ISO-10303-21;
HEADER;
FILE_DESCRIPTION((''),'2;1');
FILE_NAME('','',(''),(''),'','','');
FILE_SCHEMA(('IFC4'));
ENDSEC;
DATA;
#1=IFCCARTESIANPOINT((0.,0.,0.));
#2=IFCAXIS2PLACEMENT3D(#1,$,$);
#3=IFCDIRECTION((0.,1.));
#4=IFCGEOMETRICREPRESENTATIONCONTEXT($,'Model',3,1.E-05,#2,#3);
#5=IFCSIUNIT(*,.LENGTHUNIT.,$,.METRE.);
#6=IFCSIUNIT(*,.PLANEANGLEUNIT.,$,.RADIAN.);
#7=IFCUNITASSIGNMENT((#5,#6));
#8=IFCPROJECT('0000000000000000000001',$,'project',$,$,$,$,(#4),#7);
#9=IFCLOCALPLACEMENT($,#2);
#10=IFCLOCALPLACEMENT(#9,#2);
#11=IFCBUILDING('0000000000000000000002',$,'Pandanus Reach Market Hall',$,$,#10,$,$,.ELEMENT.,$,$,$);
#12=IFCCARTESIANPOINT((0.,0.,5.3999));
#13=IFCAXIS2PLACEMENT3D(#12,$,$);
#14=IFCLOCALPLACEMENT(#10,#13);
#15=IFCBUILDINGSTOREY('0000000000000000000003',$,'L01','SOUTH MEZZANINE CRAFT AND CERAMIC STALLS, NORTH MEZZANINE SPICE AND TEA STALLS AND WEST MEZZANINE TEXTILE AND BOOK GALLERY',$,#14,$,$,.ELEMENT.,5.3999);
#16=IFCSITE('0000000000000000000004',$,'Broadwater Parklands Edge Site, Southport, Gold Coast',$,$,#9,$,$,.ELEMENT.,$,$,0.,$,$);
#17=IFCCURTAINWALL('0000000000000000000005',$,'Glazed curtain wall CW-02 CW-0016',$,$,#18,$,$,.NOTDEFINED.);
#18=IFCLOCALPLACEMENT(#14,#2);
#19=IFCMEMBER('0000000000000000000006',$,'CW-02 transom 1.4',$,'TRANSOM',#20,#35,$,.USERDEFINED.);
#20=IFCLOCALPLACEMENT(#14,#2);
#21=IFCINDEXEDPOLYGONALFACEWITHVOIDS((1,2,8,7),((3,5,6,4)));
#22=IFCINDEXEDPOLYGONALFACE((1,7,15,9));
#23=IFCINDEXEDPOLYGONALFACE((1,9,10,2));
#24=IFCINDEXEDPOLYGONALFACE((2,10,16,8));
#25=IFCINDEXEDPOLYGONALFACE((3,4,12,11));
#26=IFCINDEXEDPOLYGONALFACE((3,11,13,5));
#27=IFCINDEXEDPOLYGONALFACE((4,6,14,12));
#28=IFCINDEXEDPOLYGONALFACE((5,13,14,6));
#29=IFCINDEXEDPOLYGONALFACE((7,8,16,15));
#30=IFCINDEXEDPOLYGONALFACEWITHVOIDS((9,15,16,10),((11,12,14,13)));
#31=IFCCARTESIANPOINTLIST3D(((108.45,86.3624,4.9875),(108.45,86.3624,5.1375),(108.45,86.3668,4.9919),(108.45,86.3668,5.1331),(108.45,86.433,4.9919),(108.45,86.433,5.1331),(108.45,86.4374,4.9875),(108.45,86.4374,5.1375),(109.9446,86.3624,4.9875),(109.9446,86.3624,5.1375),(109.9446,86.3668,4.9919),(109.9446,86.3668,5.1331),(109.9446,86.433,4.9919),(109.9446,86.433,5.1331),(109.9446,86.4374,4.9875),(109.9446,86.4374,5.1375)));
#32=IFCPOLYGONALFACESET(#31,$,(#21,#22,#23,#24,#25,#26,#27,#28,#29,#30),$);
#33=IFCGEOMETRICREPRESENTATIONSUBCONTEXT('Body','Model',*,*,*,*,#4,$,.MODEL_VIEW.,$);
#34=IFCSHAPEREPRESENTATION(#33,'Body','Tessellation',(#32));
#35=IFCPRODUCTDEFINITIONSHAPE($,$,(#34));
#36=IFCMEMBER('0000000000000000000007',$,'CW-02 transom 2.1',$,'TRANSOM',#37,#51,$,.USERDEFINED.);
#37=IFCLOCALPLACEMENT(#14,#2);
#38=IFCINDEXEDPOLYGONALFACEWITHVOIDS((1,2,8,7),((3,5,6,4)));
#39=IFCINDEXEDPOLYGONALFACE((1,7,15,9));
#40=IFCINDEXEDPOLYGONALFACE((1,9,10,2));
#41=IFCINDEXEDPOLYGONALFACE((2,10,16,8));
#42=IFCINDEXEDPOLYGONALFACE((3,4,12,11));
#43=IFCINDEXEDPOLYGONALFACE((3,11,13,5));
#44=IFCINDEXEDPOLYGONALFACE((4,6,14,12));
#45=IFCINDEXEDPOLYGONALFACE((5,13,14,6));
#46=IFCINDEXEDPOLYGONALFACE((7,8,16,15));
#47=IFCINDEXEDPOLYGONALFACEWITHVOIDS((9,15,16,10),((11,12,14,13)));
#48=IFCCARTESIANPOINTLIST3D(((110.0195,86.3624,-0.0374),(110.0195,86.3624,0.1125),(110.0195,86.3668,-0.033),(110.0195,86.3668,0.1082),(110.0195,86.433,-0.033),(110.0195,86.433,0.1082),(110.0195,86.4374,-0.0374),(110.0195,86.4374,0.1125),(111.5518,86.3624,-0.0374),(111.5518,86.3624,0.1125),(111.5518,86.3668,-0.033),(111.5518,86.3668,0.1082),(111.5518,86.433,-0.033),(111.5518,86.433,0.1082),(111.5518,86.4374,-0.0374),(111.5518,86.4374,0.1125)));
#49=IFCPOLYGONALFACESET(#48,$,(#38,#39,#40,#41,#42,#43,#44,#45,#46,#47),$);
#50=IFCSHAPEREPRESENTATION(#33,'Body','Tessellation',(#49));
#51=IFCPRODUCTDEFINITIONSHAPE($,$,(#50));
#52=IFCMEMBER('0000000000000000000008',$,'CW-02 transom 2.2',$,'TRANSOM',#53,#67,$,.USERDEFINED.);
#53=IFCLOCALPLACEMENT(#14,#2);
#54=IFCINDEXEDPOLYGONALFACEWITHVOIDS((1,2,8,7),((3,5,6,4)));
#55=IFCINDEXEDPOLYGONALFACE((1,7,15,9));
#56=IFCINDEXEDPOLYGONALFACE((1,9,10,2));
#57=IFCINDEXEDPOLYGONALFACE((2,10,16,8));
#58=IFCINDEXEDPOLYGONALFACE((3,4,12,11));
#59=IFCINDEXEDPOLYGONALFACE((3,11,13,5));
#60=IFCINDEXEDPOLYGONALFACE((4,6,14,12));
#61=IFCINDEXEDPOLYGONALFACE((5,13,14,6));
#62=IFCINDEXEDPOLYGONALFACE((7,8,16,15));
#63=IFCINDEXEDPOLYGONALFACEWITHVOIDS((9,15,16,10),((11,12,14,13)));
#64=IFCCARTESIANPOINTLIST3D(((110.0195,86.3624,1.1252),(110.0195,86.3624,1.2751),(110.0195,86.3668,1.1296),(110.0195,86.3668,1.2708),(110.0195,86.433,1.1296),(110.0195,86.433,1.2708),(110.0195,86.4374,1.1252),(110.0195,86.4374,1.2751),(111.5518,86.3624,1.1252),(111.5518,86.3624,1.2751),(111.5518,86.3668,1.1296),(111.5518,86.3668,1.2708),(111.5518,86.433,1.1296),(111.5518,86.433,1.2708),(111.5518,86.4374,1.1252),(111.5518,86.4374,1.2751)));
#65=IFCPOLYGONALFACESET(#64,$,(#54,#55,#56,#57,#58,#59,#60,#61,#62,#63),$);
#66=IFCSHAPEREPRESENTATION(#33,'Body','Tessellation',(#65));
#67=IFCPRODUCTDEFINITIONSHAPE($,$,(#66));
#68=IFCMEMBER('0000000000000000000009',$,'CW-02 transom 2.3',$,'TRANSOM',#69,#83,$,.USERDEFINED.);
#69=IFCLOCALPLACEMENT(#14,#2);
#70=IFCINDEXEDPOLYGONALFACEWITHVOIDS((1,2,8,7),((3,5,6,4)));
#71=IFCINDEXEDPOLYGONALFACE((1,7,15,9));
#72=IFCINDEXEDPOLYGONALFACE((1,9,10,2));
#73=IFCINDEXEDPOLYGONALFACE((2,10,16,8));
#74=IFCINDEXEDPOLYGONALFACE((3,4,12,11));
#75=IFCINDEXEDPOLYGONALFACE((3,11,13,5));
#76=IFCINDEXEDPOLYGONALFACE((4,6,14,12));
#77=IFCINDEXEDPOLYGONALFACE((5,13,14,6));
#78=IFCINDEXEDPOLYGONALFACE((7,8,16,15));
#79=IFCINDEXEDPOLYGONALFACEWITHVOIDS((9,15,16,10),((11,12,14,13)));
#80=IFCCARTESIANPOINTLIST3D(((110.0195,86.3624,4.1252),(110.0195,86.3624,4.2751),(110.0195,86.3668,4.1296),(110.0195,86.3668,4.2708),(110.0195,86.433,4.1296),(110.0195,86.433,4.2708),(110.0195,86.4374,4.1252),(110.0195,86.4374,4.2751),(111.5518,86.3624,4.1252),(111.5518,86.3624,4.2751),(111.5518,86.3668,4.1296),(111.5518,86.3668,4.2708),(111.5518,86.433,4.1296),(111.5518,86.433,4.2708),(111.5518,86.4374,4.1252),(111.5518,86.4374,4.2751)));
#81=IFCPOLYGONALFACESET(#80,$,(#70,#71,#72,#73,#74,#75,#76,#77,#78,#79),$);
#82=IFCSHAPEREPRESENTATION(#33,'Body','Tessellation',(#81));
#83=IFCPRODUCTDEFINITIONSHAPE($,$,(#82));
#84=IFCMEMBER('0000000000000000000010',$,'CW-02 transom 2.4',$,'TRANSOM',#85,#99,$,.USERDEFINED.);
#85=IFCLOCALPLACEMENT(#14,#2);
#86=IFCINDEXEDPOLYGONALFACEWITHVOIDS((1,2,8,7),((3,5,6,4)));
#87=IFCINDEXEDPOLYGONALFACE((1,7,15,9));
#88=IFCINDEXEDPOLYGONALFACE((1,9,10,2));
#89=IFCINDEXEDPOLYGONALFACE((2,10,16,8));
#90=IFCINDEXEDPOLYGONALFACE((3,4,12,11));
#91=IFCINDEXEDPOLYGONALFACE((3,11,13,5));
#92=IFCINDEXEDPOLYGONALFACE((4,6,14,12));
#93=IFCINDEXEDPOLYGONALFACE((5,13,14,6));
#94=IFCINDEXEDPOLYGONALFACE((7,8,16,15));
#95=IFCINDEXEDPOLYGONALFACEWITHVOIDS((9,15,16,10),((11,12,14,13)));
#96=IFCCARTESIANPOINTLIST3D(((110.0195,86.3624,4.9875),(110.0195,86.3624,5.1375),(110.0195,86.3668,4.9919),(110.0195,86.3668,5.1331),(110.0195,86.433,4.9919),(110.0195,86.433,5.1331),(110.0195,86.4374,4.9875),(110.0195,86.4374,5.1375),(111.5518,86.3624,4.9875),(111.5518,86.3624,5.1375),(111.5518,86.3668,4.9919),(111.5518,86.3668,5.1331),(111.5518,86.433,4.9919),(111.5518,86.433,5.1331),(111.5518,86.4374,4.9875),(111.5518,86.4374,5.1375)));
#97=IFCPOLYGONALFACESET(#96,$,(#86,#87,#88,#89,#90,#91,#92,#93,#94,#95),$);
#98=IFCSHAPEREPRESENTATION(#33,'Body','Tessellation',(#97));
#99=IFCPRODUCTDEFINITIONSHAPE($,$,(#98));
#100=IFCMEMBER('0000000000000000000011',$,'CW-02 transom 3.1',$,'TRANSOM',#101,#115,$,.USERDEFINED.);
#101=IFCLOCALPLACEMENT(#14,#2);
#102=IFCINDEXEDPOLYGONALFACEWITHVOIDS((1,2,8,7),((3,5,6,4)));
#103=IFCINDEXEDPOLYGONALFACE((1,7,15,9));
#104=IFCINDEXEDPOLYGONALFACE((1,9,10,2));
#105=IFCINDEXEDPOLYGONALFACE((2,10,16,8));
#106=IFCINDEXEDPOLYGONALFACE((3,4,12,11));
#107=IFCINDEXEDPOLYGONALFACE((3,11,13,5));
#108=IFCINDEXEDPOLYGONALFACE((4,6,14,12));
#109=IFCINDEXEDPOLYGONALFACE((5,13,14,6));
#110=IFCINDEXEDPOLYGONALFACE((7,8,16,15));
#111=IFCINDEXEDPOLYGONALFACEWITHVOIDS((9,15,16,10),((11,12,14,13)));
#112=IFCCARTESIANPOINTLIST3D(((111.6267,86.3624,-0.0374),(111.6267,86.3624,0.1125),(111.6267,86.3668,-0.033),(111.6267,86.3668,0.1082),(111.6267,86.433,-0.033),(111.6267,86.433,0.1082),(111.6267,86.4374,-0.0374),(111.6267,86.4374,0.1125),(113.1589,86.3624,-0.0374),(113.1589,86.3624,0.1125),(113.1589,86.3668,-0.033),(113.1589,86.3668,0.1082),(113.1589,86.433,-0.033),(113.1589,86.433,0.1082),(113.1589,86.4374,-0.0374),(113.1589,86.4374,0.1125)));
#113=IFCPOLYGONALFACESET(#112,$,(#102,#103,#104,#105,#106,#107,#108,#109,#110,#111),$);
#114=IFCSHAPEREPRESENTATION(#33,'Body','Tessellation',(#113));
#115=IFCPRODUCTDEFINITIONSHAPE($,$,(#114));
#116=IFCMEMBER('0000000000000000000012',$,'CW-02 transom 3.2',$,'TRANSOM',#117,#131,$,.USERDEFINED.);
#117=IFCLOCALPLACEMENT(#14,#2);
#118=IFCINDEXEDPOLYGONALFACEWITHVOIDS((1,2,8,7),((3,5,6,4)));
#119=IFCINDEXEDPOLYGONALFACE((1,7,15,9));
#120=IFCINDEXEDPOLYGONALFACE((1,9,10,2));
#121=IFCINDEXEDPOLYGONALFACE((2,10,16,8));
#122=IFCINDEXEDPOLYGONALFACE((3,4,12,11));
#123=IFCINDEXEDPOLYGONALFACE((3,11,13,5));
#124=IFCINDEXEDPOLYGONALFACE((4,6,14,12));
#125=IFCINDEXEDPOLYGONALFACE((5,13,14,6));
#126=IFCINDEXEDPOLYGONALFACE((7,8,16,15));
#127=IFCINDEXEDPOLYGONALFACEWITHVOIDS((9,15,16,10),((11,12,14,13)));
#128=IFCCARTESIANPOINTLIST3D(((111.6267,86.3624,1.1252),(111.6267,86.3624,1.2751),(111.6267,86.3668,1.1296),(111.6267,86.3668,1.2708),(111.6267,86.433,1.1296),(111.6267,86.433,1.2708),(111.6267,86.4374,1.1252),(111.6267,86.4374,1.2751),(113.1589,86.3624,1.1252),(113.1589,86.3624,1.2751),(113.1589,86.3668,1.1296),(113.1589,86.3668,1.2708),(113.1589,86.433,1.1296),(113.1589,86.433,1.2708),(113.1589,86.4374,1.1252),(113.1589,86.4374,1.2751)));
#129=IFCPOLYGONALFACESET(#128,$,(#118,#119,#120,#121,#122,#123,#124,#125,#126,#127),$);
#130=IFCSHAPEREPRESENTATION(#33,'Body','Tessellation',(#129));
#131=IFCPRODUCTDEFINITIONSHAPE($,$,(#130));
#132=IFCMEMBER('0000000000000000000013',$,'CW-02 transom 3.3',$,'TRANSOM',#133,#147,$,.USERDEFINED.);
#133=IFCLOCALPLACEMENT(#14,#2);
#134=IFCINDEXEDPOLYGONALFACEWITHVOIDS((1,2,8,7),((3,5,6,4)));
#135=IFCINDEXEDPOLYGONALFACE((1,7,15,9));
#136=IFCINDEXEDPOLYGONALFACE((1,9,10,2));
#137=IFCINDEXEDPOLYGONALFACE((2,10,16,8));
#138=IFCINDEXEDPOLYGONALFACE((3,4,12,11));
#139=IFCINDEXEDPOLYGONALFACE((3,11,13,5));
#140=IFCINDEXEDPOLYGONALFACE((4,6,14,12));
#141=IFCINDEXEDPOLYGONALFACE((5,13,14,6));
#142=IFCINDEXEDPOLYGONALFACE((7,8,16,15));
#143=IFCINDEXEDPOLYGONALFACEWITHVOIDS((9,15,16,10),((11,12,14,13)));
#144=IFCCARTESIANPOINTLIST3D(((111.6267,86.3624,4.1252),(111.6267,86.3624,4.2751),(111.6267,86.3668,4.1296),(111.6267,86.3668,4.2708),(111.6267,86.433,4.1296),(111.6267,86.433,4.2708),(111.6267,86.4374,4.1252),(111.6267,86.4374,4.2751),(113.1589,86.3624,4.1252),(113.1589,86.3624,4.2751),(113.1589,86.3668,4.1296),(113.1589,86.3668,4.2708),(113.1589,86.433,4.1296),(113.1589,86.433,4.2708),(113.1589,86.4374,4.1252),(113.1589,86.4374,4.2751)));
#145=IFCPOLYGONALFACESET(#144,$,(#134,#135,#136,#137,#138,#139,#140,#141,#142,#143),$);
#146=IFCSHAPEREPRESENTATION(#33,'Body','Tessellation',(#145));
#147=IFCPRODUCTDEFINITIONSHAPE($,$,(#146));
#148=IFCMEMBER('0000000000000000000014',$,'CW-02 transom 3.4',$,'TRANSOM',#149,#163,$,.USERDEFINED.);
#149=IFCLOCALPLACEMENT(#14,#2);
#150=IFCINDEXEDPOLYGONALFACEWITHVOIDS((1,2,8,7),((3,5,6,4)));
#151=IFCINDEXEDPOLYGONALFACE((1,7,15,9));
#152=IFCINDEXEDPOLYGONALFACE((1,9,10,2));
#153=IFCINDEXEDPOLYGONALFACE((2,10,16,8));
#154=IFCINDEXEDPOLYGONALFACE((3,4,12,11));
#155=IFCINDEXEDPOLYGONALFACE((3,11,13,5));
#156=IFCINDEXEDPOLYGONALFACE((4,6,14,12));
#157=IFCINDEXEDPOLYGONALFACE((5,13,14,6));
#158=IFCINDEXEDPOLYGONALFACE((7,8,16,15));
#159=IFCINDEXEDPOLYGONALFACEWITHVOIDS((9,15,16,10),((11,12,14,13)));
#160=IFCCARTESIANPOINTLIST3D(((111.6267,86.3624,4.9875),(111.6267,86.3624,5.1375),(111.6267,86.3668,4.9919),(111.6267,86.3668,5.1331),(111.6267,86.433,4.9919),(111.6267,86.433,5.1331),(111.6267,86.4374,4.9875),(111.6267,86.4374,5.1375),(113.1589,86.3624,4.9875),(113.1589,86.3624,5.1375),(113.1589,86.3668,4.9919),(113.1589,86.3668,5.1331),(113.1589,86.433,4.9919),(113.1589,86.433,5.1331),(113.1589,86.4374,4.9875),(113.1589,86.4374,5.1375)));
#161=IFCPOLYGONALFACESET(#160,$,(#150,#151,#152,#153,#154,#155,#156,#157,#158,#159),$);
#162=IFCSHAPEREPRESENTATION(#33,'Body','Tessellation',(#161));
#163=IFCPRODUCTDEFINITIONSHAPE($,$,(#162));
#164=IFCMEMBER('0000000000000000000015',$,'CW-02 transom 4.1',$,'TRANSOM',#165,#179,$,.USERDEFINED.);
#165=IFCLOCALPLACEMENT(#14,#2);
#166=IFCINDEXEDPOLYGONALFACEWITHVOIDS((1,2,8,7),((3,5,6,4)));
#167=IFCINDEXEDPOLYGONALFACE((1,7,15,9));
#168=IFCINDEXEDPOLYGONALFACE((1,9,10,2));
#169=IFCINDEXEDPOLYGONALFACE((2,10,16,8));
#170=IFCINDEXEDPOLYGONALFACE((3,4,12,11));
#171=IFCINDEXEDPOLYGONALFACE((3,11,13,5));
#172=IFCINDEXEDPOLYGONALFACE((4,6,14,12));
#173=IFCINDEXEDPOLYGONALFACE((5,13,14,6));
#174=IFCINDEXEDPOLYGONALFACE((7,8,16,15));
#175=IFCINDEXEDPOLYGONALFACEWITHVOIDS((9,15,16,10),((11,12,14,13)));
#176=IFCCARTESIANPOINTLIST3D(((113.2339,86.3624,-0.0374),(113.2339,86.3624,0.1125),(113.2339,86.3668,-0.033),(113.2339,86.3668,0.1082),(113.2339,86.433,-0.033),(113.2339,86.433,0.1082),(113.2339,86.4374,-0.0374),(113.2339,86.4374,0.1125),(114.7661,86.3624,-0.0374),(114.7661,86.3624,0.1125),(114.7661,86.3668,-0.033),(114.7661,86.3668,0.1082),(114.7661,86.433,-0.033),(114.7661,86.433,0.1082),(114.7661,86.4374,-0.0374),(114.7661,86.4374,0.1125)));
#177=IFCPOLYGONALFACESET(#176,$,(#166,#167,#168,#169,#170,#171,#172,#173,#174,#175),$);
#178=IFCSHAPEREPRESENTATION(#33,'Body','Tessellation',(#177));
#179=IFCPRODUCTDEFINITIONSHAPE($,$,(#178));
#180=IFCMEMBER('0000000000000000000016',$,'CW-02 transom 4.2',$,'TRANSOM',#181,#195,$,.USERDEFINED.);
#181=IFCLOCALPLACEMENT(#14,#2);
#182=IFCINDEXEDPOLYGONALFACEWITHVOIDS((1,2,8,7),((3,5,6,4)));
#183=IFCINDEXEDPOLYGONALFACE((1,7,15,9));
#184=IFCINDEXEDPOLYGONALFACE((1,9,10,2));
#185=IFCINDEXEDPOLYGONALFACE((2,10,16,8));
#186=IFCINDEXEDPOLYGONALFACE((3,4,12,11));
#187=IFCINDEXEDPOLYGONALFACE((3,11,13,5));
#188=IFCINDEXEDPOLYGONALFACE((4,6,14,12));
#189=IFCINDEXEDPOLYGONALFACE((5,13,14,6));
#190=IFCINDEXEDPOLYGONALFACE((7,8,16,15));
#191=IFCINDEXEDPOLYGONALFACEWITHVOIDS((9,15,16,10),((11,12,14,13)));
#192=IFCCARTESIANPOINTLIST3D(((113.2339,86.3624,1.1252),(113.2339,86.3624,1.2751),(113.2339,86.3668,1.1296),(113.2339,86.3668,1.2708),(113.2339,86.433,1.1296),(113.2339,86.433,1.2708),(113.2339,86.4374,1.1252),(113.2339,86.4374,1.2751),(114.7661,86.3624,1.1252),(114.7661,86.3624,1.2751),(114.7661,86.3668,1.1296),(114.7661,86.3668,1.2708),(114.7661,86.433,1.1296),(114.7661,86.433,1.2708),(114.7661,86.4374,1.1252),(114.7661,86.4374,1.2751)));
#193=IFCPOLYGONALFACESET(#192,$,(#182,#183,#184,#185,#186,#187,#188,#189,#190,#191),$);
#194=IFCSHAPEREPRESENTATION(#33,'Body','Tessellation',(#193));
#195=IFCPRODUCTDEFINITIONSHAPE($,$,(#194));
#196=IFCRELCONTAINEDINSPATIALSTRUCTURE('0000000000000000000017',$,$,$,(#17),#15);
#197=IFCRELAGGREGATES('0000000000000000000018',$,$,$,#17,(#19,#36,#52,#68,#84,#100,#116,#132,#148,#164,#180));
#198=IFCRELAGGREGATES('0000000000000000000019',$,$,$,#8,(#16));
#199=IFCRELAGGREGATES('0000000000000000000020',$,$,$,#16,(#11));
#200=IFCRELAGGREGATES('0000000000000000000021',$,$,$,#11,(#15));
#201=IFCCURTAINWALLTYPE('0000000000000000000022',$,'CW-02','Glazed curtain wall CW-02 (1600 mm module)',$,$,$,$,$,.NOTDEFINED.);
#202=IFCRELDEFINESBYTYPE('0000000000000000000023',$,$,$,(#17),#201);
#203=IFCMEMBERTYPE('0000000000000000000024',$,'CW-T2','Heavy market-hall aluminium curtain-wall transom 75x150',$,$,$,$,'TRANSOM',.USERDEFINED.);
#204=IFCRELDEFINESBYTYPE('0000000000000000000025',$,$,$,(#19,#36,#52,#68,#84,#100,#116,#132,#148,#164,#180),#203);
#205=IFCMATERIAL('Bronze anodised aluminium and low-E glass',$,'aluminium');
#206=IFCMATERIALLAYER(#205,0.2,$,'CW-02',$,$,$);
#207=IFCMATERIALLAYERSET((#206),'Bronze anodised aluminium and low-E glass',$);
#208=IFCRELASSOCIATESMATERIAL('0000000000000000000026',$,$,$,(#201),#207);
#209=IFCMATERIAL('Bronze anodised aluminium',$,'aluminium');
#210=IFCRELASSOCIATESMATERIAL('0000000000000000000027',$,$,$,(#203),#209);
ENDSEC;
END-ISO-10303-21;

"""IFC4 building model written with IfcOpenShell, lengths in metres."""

from ifc_helpers import new_model, si_unit, direction, frame, origin, origin_2d, place, context, subcontext, project, spatial, hollow_rectangle, extrude, material, layer, layer_set, material_profile, profile_set, type_object, element, aggregate, save


model = new_model("IFC4")

# Units and contexts
model_context = context("Model", 3, precision=1e-05, world=origin(), true_north=direction((0.0, 1.0)))
body_context = subcontext(model_context, "Body", "Model", "MODEL_VIEW")
ifc_project = project(units=[si_unit("LENGTHUNIT", "METRE"), si_unit("PLANEANGLEUNIT", "RADIAN")], contexts=[model_context])

# Site, building, storey
site_placement = place(None, origin())
site = spatial("IfcSite", under=ifc_project, at=site_placement, Name="Broadwater Parklands Edge Site, Southport, Gold Coast", CompositionType="ELEMENT", RefElevation=0.0)
building_placement = place(site_placement, origin())
building = spatial("IfcBuilding", under=site, at=building_placement, Name="Pandanus Reach Market Hall", CompositionType="ELEMENT")
storey_placement = place(building_placement, frame((0.0, 0.0, 5.3999)))
storey = spatial("IfcBuildingStorey", under=building, at=storey_placement, Name="L01", Description="SOUTH MEZZANINE CRAFT AND CERAMIC STALLS, NORTH MEZZANINE SPICE AND TEA STALLS AND WEST MEZZANINE TEXTILE AND BOOK GALLERY", CompositionType="ELEMENT", Elevation=5.3999)

# Curtain wall, members
ifc_material_1 = material(Name="Bronze anodised aluminium and low-E glass", Category="aluminium")
ifc_layer_1 = layer(ifc_material_1, 0.2, Name="CW-02")
ifc_layer_set_1 = layer_set([ifc_layer_1], Name="Bronze anodised aluminium and low-E glass")
curtain_wall_type = type_object("IfcCurtainWallType", Name="CW-02", Description="Glazed curtain wall CW-02 (1600 mm module)", PredefinedType="NOTDEFINED", material=ifc_layer_set_1)
curtain_wall_placement = place(storey_placement, origin())
curtain_wall = element("IfcCurtainWall", 1, at=curtain_wall_placement, inside=storey, type_object=curtain_wall_type, Name="Glazed curtain wall CW-02 CW-0016", PredefinedType="NOTDEFINED")
ifc_material_2 = material(Name="Bronze anodised aluminium", Category="aluminium")
ifc_material_profile_1 = material_profile(ifc_material_2, hollow_rectangle(XDim=0.075, YDim=0.1499, WallThickness=0.0044, at=origin_2d()), Name="ALU75x150", Category="LoadBearing")
ifc_profile_set_1 = profile_set([ifc_material_profile_1], Name="Bronze anodised aluminium")
member_type_1 = type_object("IfcMemberType", Name="CW-T2", Description="Heavy market-hall aluminium curtain-wall transom 75x150", ElementType="TRANSOM", PredefinedType="USERDEFINED", material=ifc_profile_set_1)
member_1_placement = place(storey_placement, frame((108.45, 86.3999, 5.0625), z_axis=(1.0, 0.0, 0.0), x_axis=(0.0, 1.0, 0.0)))
member_1 = element("IfcMember", 2, at=member_1_placement, type_object=member_type_1, Name="CW-02 transom 1.4", ObjectType="TRANSOM", PredefinedType="USERDEFINED", context=body_context, shape_type="SweptSolid", body=[
    extrude(hollow_rectangle(XDim=0.075, YDim=0.1499, WallThickness=0.0044, at=origin_2d()), origin(), (0.0, 0.0, 1.0), 1.4946),
])
member_2_placement = place(storey_placement, frame((110.0195, 86.3999, 0.0376), z_axis=(1.0, 0.0, 0.0), x_axis=(0.0, 1.0, 0.0)))
member_2 = element("IfcMember", 3, at=member_2_placement, type_object=member_type_1, Name="CW-02 transom 2.1", ObjectType="TRANSOM", PredefinedType="USERDEFINED", context=body_context, shape_type="SweptSolid", body=[
    extrude(hollow_rectangle(XDim=0.075, YDim=0.1499, WallThickness=0.0044, at=origin_2d()), origin(), (0.0, 0.0, 1.0), 1.5322),
])
member_3_placement = place(storey_placement, frame((110.0195, 86.3999, 1.2002), z_axis=(1.0, 0.0, 0.0), x_axis=(0.0, 1.0, 0.0)))
member_3 = element("IfcMember", 4, at=member_3_placement, type_object=member_type_1, Name="CW-02 transom 2.2", ObjectType="TRANSOM", PredefinedType="USERDEFINED", context=body_context, shape_type="SweptSolid", body=[
    extrude(hollow_rectangle(XDim=0.075, YDim=0.1499, WallThickness=0.0044, at=origin_2d()), origin(), (0.0, 0.0, 1.0), 1.5322),
])
member_4_placement = place(storey_placement, frame((110.0195, 86.3999, 4.2002), z_axis=(1.0, 0.0, 0.0), x_axis=(0.0, 1.0, 0.0)))
member_4 = element("IfcMember", 5, at=member_4_placement, type_object=member_type_1, Name="CW-02 transom 2.3", ObjectType="TRANSOM", PredefinedType="USERDEFINED", context=body_context, shape_type="SweptSolid", body=[
    extrude(hollow_rectangle(XDim=0.075, YDim=0.1499, WallThickness=0.0044, at=origin_2d()), origin(), (0.0, 0.0, 1.0), 1.5322),
])
member_5_placement = place(storey_placement, frame((110.0195, 86.3999, 5.0625), z_axis=(1.0, 0.0, 0.0), x_axis=(0.0, 1.0, 0.0)))
member_5 = element("IfcMember", 6, at=member_5_placement, type_object=member_type_1, Name="CW-02 transom 2.4", ObjectType="TRANSOM", PredefinedType="USERDEFINED", context=body_context, shape_type="SweptSolid", body=[
    extrude(hollow_rectangle(XDim=0.075, YDim=0.1499, WallThickness=0.0044, at=origin_2d()), origin(), (0.0, 0.0, 1.0), 1.5322),
])
member_6_placement = place(storey_placement, frame((111.6267, 86.3999, 0.0376), z_axis=(1.0, 0.0, 0.0), x_axis=(0.0, 1.0, 0.0)))
member_6 = element("IfcMember", 7, at=member_6_placement, type_object=member_type_1, Name="CW-02 transom 3.1", ObjectType="TRANSOM", PredefinedType="USERDEFINED", context=body_context, shape_type="SweptSolid", body=[
    extrude(hollow_rectangle(XDim=0.075, YDim=0.1499, WallThickness=0.0044, at=origin_2d()), origin(), (0.0, 0.0, 1.0), 1.5322),
])
member_7_placement = place(storey_placement, frame((111.6267, 86.3999, 1.2002), z_axis=(1.0, 0.0, 0.0), x_axis=(0.0, 1.0, 0.0)))
member_7 = element("IfcMember", 8, at=member_7_placement, type_object=member_type_1, Name="CW-02 transom 3.2", ObjectType="TRANSOM", PredefinedType="USERDEFINED", context=body_context, shape_type="SweptSolid", body=[
    extrude(hollow_rectangle(XDim=0.075, YDim=0.1499, WallThickness=0.0044, at=origin_2d()), origin(), (0.0, 0.0, 1.0), 1.5322),
])
member_8_placement = place(storey_placement, frame((111.6267, 86.3999, 4.2002), z_axis=(1.0, 0.0, 0.0), x_axis=(0.0, 1.0, 0.0)))
member_8 = element("IfcMember", 9, at=member_8_placement, type_object=member_type_1, Name="CW-02 transom 3.3", ObjectType="TRANSOM", PredefinedType="USERDEFINED", context=body_context, shape_type="SweptSolid", body=[
    extrude(hollow_rectangle(XDim=0.075, YDim=0.1499, WallThickness=0.0044, at=origin_2d()), origin(), (0.0, 0.0, 1.0), 1.5322),
])
member_9_placement = place(storey_placement, frame((111.6267, 86.3999, 5.0625), z_axis=(1.0, 0.0, 0.0), x_axis=(0.0, 1.0, 0.0)))
member_9 = element("IfcMember", 10, at=member_9_placement, type_object=member_type_1, Name="CW-02 transom 3.4", ObjectType="TRANSOM", PredefinedType="USERDEFINED", context=body_context, shape_type="SweptSolid", body=[
    extrude(hollow_rectangle(XDim=0.075, YDim=0.1499, WallThickness=0.0044, at=origin_2d()), origin(), (0.0, 0.0, 1.0), 1.5322),
])
member_10_placement = place(storey_placement, frame((113.2339, 86.3999, 0.0376), z_axis=(1.0, 0.0, 0.0), x_axis=(0.0, 1.0, 0.0)))
member_10 = element("IfcMember", 11, at=member_10_placement, type_object=member_type_1, Name="CW-02 transom 4.1", ObjectType="TRANSOM", PredefinedType="USERDEFINED", context=body_context, shape_type="SweptSolid", body=[
    extrude(hollow_rectangle(XDim=0.075, YDim=0.1499, WallThickness=0.0044, at=origin_2d()), origin(), (0.0, 0.0, 1.0), 1.5322),
])
member_11_placement = place(storey_placement, frame((113.2339, 86.3999, 1.2002), z_axis=(1.0, 0.0, 0.0), x_axis=(0.0, 1.0, 0.0)))
member_11 = element("IfcMember", 12, at=member_11_placement, type_object=member_type_1, Name="CW-02 transom 4.2", ObjectType="TRANSOM", PredefinedType="USERDEFINED", context=body_context, shape_type="SweptSolid", body=[
    extrude(hollow_rectangle(XDim=0.075, YDim=0.1499, WallThickness=0.0044, at=origin_2d()), origin(), (0.0, 0.0, 1.0), 1.5322),
])
aggregate(curtain_wall, [member_1, member_2, member_3, member_4, member_5, member_6, member_7, member_8, member_9, member_10, member_11])

save(model, "model.ifc")
